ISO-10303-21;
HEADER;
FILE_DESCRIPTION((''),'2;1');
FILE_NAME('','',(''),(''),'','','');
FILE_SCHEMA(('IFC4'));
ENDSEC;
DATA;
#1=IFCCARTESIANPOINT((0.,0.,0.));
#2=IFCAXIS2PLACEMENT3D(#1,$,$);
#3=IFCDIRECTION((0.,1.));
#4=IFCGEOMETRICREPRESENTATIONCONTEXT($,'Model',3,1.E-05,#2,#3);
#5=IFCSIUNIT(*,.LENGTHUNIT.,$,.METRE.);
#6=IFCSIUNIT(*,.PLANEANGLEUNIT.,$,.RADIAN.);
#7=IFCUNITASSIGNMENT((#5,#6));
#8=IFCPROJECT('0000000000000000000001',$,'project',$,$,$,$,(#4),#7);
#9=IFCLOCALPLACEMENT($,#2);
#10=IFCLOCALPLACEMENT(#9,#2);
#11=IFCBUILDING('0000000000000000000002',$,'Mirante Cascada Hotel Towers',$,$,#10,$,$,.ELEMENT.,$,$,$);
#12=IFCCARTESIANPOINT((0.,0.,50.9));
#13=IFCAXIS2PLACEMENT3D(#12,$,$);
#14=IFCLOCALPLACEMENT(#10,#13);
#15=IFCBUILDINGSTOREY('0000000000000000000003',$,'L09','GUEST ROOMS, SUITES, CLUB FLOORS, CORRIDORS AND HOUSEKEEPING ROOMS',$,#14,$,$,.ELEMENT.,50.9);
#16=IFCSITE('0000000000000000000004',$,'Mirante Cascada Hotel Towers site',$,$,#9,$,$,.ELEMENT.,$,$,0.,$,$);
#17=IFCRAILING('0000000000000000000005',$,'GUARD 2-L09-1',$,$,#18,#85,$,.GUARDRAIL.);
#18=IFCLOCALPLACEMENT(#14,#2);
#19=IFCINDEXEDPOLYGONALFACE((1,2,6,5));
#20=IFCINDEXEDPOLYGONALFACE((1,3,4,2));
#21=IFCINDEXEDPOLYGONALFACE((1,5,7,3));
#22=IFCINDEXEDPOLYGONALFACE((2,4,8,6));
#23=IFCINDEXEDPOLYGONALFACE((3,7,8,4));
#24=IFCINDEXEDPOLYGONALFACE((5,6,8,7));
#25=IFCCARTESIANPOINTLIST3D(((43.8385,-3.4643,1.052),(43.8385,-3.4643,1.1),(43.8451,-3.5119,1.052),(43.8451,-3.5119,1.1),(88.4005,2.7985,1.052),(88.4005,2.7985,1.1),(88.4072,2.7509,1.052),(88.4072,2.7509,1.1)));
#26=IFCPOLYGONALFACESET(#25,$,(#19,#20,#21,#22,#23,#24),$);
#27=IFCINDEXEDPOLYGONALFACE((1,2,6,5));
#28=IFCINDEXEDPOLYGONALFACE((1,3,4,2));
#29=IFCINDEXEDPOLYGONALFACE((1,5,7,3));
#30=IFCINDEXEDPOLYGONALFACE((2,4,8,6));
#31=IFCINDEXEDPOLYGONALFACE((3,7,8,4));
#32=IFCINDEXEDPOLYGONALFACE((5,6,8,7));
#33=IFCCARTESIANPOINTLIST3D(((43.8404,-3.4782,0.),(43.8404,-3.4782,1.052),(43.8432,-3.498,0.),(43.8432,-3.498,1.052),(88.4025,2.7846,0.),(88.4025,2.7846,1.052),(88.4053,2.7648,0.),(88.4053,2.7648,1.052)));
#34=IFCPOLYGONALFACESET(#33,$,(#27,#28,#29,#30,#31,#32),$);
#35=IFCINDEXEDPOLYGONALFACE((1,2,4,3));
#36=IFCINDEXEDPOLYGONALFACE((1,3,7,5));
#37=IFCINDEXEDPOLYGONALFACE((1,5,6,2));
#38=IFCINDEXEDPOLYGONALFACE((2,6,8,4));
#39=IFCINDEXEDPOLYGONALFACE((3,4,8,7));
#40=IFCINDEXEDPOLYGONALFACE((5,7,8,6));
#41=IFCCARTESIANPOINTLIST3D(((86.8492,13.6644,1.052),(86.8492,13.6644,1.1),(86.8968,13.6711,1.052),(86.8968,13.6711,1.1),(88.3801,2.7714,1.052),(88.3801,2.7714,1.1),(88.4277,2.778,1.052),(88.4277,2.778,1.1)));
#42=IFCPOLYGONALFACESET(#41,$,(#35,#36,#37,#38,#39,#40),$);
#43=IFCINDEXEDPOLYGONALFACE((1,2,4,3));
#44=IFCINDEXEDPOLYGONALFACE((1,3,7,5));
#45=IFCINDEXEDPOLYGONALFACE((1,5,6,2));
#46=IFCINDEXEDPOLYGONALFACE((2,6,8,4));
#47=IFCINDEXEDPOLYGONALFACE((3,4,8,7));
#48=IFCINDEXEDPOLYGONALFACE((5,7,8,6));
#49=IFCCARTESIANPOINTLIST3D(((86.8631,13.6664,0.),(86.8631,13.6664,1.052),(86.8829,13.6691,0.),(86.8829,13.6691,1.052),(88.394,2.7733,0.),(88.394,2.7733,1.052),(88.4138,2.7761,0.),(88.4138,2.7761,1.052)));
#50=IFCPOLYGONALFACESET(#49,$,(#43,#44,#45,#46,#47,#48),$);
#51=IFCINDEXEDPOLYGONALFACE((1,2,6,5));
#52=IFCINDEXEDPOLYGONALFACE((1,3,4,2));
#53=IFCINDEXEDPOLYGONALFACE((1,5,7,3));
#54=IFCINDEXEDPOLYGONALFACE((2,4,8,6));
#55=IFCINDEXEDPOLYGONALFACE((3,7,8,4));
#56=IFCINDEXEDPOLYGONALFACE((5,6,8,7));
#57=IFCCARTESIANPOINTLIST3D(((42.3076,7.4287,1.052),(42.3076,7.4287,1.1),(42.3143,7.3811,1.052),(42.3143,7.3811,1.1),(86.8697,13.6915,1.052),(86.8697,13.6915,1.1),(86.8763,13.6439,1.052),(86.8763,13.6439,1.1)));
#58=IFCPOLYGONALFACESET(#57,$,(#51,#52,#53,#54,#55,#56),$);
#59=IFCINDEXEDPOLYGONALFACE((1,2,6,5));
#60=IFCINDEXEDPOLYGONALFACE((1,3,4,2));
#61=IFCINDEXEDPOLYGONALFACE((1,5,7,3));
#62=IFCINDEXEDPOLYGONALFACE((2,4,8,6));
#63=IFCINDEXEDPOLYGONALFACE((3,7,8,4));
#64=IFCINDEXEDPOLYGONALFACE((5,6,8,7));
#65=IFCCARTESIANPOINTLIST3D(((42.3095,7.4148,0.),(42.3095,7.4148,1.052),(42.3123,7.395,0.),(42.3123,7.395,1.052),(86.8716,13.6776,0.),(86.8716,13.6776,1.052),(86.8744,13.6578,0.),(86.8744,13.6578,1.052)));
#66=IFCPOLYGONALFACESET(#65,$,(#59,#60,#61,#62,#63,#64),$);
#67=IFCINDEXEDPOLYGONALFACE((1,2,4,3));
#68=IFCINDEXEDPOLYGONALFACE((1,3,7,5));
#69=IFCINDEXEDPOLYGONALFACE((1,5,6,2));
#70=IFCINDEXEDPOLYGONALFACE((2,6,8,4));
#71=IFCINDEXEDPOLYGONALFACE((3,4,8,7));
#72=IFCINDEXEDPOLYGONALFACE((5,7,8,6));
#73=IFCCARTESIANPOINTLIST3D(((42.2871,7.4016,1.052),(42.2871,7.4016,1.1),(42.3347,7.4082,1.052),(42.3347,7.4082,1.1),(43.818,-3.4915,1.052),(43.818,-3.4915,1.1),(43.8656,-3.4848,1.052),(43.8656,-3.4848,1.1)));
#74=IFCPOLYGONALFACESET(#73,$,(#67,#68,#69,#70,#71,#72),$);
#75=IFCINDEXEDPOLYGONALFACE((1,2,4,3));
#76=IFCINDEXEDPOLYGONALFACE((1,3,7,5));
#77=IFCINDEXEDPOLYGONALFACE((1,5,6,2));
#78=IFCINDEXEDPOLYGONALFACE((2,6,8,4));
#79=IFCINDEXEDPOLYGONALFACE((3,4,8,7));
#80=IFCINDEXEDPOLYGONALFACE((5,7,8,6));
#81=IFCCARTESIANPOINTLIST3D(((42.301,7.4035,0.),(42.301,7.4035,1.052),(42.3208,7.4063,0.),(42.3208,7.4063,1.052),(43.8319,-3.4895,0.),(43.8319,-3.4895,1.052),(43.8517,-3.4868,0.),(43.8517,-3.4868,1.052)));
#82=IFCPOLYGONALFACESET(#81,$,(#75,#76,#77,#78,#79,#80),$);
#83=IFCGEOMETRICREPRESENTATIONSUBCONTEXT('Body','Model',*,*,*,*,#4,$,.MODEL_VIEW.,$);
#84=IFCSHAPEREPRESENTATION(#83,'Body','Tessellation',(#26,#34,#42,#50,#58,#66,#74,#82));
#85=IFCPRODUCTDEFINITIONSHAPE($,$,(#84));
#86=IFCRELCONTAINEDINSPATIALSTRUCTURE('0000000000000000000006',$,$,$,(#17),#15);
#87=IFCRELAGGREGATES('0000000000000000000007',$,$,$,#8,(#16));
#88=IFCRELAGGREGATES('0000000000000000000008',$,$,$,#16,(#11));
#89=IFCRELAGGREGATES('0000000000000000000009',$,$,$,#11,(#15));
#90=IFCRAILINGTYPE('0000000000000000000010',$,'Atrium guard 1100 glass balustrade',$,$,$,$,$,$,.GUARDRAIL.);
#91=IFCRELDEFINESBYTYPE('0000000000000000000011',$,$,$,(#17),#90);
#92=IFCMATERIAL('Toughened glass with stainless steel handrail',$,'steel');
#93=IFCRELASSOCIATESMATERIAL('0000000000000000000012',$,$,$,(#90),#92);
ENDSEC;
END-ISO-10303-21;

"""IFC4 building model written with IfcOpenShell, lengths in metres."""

from ifc_helpers import new_model, si_unit, direction, frame, origin, origin_2d, place, context, subcontext, project, spatial, rectangle, extrude, material, type_object, element, save


model = new_model("IFC4")

# Units and contexts
model_context = context("Model", 3, precision=1e-05, world=origin(), true_north=direction((0.0, 1.0)))
body_context = subcontext(model_context, "Body", "Model", "MODEL_VIEW")
ifc_project = project(units=[si_unit("LENGTHUNIT", "METRE"), si_unit("PLANEANGLEUNIT", "RADIAN")], contexts=[model_context])

# Site, building, storey
site_placement = place(None, origin())
site = spatial("IfcSite", under=ifc_project, at=site_placement, Name="Mirante Cascada Hotel Towers site", CompositionType="ELEMENT", RefElevation=0.0)
building_placement = place(site_placement, origin())
building = spatial("IfcBuilding", under=site, at=building_placement, Name="Mirante Cascada Hotel Towers", CompositionType="ELEMENT")
storey_placement = place(building_placement, frame((0.0, 0.0, 50.9)))
storey = spatial("IfcBuildingStorey", under=building, at=storey_placement, Name="L09", Description="GUEST ROOMS, SUITES, CLUB FLOORS, CORRIDORS AND HOUSEKEEPING ROOMS", CompositionType="ELEMENT", Elevation=50.9)

# Railing
ifc_material_1 = material(Name="Toughened glass with stainless steel handrail", Category="steel")
railing_type = type_object("IfcRailingType", Name="Atrium guard 1100 glass balustrade", PredefinedType="GUARDRAIL", material=ifc_material_1)
railing_placement = place(storey_placement, frame((43.8418, -3.4881, 0.0)))
element("IfcRailing", 1, at=railing_placement, inside=storey, type_object=railing_type, Name="GUARD 2-L09-1", PredefinedType="GUARDRAIL", context=body_context, shape_type="SweptSolid", body=[
    extrude(rectangle(XDim=0.048, YDim=0.048, at=origin_2d()), frame((0.0, 0.0, 1.076), z_axis=(0.990268, 0.139173, 0.0), x_axis=(-0.139173, 0.990268, 0.0)), (0.0, 0.0, 1.0), 45.0),
    extrude(rectangle(XDim=0.02, YDim=1.052, at=origin_2d()), frame((0.0, 0.0, 0.526), z_axis=(0.990268, 0.139173, 0.0), x_axis=(-0.139173, 0.990268, 0.0)), (0.0, 0.0, 1.0), 45.0),
    extrude(rectangle(XDim=0.048, YDim=0.048, at=origin_2d()), frame((44.5621, 6.2628, 1.076), z_axis=(-0.139172, 0.990268, 0.0), x_axis=(-0.990268, -0.139172, 0.0)), (0.0, 0.0, 1.0), 11.0001),
    extrude(rectangle(XDim=0.02, YDim=1.052, at=origin_2d()), frame((44.5621, 6.2628, 0.526), z_axis=(-0.139172, 0.990268, 0.0), x_axis=(-0.990268, -0.139172, 0.0)), (0.0, 0.0, 1.0), 11.0001),
    extrude(rectangle(XDim=0.048, YDim=0.048, at=origin_2d()), frame((43.0312, 17.1558, 1.076), z_axis=(-0.990268, -0.139173, 0.0), x_axis=(0.139173, -0.990268, 0.0)), (0.0, 0.0, 1.0), 45.0),
    extrude(rectangle(XDim=0.02, YDim=1.052, at=origin_2d()), frame((43.0312, 17.1558, 0.526), z_axis=(-0.990268, -0.139173, 0.0), x_axis=(0.139173, -0.990268, 0.0)), (0.0, 0.0, 1.0), 45.0),
    extrude(rectangle(XDim=0.048, YDim=0.048, at=origin_2d()), frame((-1.5309, 10.893, 1.076), z_axis=(0.139172, -0.990268, 0.0), x_axis=(0.990268, 0.139172, 0.0)), (0.0, 0.0, 1.0), 11.0001),
    extrude(rectangle(XDim=0.02, YDim=1.052, at=origin_2d()), frame((-1.5309, 10.893, 0.526), z_axis=(0.139172, -0.990268, 0.0), x_axis=(0.990268, 0.139172, 0.0)), (0.0, 0.0, 1.0), 11.0001),
])

save(model, "model.ifc")
